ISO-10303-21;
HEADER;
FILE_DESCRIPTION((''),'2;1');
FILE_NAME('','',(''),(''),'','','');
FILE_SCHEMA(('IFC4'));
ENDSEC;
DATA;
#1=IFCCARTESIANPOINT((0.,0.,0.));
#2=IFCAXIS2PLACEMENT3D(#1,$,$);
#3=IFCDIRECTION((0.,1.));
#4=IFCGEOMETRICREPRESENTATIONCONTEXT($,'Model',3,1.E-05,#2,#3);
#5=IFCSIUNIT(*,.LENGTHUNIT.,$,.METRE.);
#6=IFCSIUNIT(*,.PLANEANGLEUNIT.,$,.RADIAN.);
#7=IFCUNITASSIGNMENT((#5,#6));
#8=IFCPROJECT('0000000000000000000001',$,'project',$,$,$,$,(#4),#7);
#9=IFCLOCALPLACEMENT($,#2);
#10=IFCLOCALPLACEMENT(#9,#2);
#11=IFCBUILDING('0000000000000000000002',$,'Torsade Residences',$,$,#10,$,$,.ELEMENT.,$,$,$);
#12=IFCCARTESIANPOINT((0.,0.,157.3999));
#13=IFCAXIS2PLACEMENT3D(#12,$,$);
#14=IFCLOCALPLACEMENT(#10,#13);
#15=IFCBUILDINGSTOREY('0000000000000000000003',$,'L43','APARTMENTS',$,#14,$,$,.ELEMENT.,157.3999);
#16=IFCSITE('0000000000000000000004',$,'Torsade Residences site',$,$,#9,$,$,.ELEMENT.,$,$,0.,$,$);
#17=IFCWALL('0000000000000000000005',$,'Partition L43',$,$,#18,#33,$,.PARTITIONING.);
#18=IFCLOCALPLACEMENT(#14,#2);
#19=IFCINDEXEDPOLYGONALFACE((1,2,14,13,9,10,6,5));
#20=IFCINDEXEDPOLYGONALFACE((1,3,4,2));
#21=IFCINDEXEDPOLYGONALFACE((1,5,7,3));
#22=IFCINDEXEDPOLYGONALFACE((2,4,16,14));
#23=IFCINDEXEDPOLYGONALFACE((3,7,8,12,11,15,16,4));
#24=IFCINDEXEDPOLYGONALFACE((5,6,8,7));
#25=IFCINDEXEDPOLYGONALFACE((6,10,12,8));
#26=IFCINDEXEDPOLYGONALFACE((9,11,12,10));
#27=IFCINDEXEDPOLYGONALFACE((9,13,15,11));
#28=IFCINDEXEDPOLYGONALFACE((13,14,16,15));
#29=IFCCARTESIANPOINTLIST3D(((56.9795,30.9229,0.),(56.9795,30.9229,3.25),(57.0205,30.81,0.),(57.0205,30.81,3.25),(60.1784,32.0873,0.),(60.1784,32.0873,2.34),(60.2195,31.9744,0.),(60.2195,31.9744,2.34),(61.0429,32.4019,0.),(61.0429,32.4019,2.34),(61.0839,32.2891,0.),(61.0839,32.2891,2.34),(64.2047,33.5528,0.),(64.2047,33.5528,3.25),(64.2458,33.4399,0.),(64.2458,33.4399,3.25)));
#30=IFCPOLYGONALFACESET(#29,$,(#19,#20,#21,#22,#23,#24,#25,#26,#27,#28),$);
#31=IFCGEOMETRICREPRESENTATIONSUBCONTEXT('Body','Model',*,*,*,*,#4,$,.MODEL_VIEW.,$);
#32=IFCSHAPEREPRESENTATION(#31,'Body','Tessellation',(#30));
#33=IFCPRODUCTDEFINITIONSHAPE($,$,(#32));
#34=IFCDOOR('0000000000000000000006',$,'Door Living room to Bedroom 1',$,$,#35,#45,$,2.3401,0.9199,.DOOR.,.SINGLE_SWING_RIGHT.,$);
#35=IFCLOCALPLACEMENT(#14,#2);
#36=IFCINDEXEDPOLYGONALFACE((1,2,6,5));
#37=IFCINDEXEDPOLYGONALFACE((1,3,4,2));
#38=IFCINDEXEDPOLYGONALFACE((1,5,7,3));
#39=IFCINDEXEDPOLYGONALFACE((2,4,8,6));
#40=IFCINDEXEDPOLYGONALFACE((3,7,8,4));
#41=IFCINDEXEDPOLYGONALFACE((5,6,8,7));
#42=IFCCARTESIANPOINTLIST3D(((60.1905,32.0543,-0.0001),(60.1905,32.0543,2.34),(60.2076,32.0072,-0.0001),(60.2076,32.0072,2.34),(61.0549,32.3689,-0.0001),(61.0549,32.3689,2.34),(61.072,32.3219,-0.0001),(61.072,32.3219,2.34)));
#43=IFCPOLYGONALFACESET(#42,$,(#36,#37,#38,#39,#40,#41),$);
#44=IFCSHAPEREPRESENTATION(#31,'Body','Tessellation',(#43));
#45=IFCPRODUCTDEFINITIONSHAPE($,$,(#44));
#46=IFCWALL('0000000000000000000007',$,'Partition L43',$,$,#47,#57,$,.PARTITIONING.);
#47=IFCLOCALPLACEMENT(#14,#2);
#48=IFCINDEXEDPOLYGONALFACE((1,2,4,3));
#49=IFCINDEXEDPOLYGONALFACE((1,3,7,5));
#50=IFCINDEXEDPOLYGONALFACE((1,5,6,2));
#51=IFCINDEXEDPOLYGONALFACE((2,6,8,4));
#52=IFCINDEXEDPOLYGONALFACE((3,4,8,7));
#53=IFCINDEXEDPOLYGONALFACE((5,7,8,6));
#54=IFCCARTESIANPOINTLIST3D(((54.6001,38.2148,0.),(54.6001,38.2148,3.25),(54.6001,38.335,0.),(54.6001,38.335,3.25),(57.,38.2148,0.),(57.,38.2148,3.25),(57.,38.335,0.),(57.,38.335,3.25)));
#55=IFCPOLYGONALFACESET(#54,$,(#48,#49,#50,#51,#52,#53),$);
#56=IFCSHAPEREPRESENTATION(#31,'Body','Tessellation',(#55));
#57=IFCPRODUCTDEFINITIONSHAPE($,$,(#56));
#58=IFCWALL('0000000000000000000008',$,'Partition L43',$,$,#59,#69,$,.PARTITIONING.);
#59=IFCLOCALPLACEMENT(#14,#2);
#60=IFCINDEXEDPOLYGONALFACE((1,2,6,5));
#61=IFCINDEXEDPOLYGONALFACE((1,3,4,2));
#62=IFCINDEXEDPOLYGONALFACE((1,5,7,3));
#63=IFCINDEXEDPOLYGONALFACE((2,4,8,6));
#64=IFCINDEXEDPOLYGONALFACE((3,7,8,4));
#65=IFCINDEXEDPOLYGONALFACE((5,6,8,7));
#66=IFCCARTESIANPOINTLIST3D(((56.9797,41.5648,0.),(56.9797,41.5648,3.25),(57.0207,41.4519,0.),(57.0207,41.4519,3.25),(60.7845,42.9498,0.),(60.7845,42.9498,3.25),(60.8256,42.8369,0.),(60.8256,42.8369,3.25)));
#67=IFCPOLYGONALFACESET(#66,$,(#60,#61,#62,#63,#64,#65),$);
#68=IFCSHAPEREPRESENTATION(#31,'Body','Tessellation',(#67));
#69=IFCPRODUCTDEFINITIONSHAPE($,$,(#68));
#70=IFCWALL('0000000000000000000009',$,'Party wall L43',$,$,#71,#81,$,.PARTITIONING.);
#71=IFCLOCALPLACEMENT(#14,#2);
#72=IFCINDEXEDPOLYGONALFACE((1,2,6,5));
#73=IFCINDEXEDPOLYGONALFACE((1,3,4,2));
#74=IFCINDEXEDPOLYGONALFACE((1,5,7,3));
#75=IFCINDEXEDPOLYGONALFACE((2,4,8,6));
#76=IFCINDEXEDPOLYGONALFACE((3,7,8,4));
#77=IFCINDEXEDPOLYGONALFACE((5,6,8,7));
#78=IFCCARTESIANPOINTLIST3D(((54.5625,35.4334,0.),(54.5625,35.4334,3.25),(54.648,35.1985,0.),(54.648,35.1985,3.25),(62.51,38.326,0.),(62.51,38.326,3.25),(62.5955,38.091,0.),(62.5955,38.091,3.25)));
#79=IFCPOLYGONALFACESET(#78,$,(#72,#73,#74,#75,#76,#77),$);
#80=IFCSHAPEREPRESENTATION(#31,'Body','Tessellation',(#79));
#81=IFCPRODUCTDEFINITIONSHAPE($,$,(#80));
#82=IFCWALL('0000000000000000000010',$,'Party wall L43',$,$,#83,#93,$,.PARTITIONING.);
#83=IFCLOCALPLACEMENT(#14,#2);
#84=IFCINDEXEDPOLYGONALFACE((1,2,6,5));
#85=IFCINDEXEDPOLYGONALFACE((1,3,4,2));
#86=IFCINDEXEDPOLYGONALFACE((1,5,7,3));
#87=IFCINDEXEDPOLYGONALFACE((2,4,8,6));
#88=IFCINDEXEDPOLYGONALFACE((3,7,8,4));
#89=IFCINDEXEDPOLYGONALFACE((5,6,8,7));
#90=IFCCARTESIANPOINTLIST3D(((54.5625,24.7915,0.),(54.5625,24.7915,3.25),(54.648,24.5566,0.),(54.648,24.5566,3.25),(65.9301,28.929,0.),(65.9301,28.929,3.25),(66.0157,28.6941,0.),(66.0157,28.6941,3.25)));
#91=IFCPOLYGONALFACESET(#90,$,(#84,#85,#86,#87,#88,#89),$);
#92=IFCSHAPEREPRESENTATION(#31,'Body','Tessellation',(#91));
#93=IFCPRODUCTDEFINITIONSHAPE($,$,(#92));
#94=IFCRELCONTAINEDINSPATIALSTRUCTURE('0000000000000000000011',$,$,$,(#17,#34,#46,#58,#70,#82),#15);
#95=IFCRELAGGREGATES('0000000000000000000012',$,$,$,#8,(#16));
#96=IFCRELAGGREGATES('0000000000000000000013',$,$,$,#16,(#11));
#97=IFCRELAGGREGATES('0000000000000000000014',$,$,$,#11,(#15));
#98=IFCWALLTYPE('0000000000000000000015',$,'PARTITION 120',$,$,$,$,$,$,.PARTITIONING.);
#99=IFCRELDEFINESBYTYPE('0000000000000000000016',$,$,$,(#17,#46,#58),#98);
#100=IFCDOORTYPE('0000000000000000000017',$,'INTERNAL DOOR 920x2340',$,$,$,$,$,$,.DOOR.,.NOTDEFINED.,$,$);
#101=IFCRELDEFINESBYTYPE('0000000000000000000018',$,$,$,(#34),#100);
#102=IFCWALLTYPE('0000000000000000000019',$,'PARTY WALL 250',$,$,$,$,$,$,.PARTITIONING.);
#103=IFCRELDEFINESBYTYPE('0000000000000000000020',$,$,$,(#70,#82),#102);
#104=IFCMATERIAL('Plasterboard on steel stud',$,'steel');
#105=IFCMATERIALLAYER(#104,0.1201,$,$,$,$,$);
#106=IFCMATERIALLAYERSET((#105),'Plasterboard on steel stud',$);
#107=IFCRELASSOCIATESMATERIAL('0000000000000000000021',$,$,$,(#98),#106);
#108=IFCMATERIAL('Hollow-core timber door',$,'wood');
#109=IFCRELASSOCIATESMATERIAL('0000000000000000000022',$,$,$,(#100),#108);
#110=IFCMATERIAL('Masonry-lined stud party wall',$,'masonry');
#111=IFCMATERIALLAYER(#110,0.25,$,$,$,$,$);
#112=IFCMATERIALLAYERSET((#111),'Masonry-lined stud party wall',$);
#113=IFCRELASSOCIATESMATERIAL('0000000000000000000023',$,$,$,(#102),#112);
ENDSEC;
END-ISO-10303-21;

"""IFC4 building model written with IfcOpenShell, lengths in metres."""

from ifc_helpers import new_model, si_unit, direction, frame, frame_2d, origin, place, context, subcontext, project, spatial, rectangle, extrude, material, layer, layer_set, type_object, element, fill, save


model = new_model("IFC4")

# Units and contexts
model_context = context("Model", 3, precision=1e-05, world=origin(), true_north=direction((0.0, 1.0)))
body_context = subcontext(model_context, "Body", "Model", "MODEL_VIEW")
ifc_project = project(units=[si_unit("LENGTHUNIT", "METRE"), si_unit("PLANEANGLEUNIT", "RADIAN")], contexts=[model_context])

# Site, building, storey
site_placement = place(None, origin())
site = spatial("IfcSite", under=ifc_project, at=site_placement, Name="Torsade Residences site", CompositionType="ELEMENT", RefElevation=0.0)
building_placement = place(site_placement, origin())
building = spatial("IfcBuilding", under=site, at=building_placement, Name="Torsade Residences", CompositionType="ELEMENT")
storey_placement = place(building_placement, frame((0.0, 0.0, 157.3999)))
storey = spatial("IfcBuildingStorey", under=building, at=storey_placement, Name="L43", Description="APARTMENTS", CompositionType="ELEMENT", Elevation=157.3999)

# Shared definitions
ifc_material_1 = material(Name="Plasterboard on steel stud", Category="steel")
ifc_layer_1 = layer(ifc_material_1, 0.1201)
ifc_layer_set_1 = layer_set([ifc_layer_1], Name="Plasterboard on steel stud")
wall_type_1 = type_object("IfcWallType", Name="PARTITION 120", PredefinedType="PARTITIONING", material=ifc_layer_set_1)
ifc_material_2 = material(Name="Hollow-core timber door", Category="wood")
door_type = type_object("IfcDoorType", Name="INTERNAL DOOR 920x2340", OperationType="NOTDEFINED", PredefinedType="DOOR", material=ifc_material_2)

# Wall, opening, door
wall_1_placement = place(storey_placement, frame((57.0, 30.8665, 0.0), z_axis=(0.0, 0.0, 1.0), x_axis=(0.939686, 0.342039, 0.0)))
wall_1 = element("IfcWall", 1, at=wall_1_placement, inside=storey, type_object=wall_type_1, Name="Partition L43", PredefinedType="PARTITIONING", context=body_context, shape_type="SweptSolid", body=[
    extrude(rectangle(XDim=7.689, YDim=0.1201, at=frame_2d((3.8445, 0.0))), origin(), (0.0, 0.0, 1.0), 3.25),
])
opening_1_placement = place(wall_1_placement, frame((3.4043, 0.0, 0.0)))
opening_1 = element("IfcOpeningElement", 2, at=opening_1_placement, cuts=wall_1, PredefinedType="OPENING", context=body_context, shape_type="SweptSolid", body=[
    extrude(rectangle(XDim=0.9199, YDim=2.3401, at=frame_2d((0.46, 1.1699))), frame((0.0, 0.0701, 0.0), z_axis=(0.0, -1.0, 0.0), x_axis=(1.0, 0.0, 0.0)), (0.0, 0.0, 1.0), 0.1401),
])
door_1_placement = place(opening_1_placement, origin())
door_1 = element("IfcDoor", 3, at=door_1_placement, inside=storey, type_object=door_type, Name="Door Living room to Bedroom 1", OperationType="SINGLE_SWING_RIGHT", OverallHeight=2.3401, OverallWidth=0.9199, PredefinedType="DOOR", context=body_context, shape_type="SweptSolid", body=[
    extrude(rectangle(XDim=0.9199, YDim=2.3401, at=frame_2d((0.46, 1.1699))), frame((0.0, 0.0249, 0.0), z_axis=(0.0, -1.0, 0.0), x_axis=(1.0, 0.0, 0.0)), (0.0, 0.0, 1.0), 0.05),
])
fill(opening_1, door_1)

# Walls
wall_2_placement = place(storey_placement, frame((57.0, 38.2749, 0.0), z_axis=(0.0, 0.0, 1.0), x_axis=(-1.0, 0.0, 0.0)))
element("IfcWall", 4, at=wall_2_placement, inside=storey, type_object=wall_type_1, Name="Partition L43", PredefinedType="PARTITIONING", context=body_context, shape_type="SweptSolid", body=[
    extrude(rectangle(XDim=2.3999, YDim=0.1201, at=frame_2d((1.2, 0.0))), origin(), (0.0, 0.0, 1.0), 3.25),
])
wall_3_placement = place(storey_placement, frame((60.8049, 42.8933, 0.0), z_axis=(0.0, 0.0, 1.0), x_axis=(-0.939682, -0.342048, 0.0)))
element("IfcWall", 5, at=wall_3_placement, inside=storey, type_object=wall_type_1, Name="Partition L43", PredefinedType="PARTITIONING", context=body_context, shape_type="SweptSolid", body=[
    extrude(rectangle(XDim=4.0491, YDim=0.1201, at=frame_2d((2.0244, 0.0))), origin(), (0.0, 0.0, 1.0), 3.25),
])
ifc_material_3 = material(Name="Masonry-lined stud party wall", Category="masonry")
ifc_layer_2 = layer(ifc_material_3, 0.25)
ifc_layer_set_2 = layer_set([ifc_layer_2], Name="Masonry-lined stud party wall")
wall_type_2 = type_object("IfcWallType", Name="PARTY WALL 250", PredefinedType="PARTITIONING", material=ifc_layer_set_2)
wall_4_placement = place(storey_placement, frame((62.5527, 38.2085, 0.0), z_axis=(0.0, 0.0, 1.0), x_axis=(-0.939696, -0.342012, 0.0)))
element("IfcWall", 6, at=wall_4_placement, inside=storey, type_object=wall_type_2, Name="Party wall L43", PredefinedType="PARTITIONING", context=body_context, shape_type="SweptSolid", body=[
    extrude(rectangle(XDim=8.4575, YDim=0.25, at=frame_2d((4.2288, 0.0))), origin(), (0.0, 0.0, 1.0), 3.25),
])
wall_5_placement = place(storey_placement, frame((65.9729, 28.8115, 0.0), z_axis=(0.0, 0.0, 1.0), x_axis=(-0.939694, -0.342017, 0.0)))
element("IfcWall", 7, at=wall_5_placement, inside=storey, type_object=wall_type_2, Name="Party wall L43", PredefinedType="PARTITIONING", context=body_context, shape_type="SweptSolid", body=[
    extrude(rectangle(XDim=12.0972, YDim=0.25, at=frame_2d((6.0486, 0.0))), origin(), (0.0, 0.0, 1.0), 3.25),
])

save(model, "model.ifc")
